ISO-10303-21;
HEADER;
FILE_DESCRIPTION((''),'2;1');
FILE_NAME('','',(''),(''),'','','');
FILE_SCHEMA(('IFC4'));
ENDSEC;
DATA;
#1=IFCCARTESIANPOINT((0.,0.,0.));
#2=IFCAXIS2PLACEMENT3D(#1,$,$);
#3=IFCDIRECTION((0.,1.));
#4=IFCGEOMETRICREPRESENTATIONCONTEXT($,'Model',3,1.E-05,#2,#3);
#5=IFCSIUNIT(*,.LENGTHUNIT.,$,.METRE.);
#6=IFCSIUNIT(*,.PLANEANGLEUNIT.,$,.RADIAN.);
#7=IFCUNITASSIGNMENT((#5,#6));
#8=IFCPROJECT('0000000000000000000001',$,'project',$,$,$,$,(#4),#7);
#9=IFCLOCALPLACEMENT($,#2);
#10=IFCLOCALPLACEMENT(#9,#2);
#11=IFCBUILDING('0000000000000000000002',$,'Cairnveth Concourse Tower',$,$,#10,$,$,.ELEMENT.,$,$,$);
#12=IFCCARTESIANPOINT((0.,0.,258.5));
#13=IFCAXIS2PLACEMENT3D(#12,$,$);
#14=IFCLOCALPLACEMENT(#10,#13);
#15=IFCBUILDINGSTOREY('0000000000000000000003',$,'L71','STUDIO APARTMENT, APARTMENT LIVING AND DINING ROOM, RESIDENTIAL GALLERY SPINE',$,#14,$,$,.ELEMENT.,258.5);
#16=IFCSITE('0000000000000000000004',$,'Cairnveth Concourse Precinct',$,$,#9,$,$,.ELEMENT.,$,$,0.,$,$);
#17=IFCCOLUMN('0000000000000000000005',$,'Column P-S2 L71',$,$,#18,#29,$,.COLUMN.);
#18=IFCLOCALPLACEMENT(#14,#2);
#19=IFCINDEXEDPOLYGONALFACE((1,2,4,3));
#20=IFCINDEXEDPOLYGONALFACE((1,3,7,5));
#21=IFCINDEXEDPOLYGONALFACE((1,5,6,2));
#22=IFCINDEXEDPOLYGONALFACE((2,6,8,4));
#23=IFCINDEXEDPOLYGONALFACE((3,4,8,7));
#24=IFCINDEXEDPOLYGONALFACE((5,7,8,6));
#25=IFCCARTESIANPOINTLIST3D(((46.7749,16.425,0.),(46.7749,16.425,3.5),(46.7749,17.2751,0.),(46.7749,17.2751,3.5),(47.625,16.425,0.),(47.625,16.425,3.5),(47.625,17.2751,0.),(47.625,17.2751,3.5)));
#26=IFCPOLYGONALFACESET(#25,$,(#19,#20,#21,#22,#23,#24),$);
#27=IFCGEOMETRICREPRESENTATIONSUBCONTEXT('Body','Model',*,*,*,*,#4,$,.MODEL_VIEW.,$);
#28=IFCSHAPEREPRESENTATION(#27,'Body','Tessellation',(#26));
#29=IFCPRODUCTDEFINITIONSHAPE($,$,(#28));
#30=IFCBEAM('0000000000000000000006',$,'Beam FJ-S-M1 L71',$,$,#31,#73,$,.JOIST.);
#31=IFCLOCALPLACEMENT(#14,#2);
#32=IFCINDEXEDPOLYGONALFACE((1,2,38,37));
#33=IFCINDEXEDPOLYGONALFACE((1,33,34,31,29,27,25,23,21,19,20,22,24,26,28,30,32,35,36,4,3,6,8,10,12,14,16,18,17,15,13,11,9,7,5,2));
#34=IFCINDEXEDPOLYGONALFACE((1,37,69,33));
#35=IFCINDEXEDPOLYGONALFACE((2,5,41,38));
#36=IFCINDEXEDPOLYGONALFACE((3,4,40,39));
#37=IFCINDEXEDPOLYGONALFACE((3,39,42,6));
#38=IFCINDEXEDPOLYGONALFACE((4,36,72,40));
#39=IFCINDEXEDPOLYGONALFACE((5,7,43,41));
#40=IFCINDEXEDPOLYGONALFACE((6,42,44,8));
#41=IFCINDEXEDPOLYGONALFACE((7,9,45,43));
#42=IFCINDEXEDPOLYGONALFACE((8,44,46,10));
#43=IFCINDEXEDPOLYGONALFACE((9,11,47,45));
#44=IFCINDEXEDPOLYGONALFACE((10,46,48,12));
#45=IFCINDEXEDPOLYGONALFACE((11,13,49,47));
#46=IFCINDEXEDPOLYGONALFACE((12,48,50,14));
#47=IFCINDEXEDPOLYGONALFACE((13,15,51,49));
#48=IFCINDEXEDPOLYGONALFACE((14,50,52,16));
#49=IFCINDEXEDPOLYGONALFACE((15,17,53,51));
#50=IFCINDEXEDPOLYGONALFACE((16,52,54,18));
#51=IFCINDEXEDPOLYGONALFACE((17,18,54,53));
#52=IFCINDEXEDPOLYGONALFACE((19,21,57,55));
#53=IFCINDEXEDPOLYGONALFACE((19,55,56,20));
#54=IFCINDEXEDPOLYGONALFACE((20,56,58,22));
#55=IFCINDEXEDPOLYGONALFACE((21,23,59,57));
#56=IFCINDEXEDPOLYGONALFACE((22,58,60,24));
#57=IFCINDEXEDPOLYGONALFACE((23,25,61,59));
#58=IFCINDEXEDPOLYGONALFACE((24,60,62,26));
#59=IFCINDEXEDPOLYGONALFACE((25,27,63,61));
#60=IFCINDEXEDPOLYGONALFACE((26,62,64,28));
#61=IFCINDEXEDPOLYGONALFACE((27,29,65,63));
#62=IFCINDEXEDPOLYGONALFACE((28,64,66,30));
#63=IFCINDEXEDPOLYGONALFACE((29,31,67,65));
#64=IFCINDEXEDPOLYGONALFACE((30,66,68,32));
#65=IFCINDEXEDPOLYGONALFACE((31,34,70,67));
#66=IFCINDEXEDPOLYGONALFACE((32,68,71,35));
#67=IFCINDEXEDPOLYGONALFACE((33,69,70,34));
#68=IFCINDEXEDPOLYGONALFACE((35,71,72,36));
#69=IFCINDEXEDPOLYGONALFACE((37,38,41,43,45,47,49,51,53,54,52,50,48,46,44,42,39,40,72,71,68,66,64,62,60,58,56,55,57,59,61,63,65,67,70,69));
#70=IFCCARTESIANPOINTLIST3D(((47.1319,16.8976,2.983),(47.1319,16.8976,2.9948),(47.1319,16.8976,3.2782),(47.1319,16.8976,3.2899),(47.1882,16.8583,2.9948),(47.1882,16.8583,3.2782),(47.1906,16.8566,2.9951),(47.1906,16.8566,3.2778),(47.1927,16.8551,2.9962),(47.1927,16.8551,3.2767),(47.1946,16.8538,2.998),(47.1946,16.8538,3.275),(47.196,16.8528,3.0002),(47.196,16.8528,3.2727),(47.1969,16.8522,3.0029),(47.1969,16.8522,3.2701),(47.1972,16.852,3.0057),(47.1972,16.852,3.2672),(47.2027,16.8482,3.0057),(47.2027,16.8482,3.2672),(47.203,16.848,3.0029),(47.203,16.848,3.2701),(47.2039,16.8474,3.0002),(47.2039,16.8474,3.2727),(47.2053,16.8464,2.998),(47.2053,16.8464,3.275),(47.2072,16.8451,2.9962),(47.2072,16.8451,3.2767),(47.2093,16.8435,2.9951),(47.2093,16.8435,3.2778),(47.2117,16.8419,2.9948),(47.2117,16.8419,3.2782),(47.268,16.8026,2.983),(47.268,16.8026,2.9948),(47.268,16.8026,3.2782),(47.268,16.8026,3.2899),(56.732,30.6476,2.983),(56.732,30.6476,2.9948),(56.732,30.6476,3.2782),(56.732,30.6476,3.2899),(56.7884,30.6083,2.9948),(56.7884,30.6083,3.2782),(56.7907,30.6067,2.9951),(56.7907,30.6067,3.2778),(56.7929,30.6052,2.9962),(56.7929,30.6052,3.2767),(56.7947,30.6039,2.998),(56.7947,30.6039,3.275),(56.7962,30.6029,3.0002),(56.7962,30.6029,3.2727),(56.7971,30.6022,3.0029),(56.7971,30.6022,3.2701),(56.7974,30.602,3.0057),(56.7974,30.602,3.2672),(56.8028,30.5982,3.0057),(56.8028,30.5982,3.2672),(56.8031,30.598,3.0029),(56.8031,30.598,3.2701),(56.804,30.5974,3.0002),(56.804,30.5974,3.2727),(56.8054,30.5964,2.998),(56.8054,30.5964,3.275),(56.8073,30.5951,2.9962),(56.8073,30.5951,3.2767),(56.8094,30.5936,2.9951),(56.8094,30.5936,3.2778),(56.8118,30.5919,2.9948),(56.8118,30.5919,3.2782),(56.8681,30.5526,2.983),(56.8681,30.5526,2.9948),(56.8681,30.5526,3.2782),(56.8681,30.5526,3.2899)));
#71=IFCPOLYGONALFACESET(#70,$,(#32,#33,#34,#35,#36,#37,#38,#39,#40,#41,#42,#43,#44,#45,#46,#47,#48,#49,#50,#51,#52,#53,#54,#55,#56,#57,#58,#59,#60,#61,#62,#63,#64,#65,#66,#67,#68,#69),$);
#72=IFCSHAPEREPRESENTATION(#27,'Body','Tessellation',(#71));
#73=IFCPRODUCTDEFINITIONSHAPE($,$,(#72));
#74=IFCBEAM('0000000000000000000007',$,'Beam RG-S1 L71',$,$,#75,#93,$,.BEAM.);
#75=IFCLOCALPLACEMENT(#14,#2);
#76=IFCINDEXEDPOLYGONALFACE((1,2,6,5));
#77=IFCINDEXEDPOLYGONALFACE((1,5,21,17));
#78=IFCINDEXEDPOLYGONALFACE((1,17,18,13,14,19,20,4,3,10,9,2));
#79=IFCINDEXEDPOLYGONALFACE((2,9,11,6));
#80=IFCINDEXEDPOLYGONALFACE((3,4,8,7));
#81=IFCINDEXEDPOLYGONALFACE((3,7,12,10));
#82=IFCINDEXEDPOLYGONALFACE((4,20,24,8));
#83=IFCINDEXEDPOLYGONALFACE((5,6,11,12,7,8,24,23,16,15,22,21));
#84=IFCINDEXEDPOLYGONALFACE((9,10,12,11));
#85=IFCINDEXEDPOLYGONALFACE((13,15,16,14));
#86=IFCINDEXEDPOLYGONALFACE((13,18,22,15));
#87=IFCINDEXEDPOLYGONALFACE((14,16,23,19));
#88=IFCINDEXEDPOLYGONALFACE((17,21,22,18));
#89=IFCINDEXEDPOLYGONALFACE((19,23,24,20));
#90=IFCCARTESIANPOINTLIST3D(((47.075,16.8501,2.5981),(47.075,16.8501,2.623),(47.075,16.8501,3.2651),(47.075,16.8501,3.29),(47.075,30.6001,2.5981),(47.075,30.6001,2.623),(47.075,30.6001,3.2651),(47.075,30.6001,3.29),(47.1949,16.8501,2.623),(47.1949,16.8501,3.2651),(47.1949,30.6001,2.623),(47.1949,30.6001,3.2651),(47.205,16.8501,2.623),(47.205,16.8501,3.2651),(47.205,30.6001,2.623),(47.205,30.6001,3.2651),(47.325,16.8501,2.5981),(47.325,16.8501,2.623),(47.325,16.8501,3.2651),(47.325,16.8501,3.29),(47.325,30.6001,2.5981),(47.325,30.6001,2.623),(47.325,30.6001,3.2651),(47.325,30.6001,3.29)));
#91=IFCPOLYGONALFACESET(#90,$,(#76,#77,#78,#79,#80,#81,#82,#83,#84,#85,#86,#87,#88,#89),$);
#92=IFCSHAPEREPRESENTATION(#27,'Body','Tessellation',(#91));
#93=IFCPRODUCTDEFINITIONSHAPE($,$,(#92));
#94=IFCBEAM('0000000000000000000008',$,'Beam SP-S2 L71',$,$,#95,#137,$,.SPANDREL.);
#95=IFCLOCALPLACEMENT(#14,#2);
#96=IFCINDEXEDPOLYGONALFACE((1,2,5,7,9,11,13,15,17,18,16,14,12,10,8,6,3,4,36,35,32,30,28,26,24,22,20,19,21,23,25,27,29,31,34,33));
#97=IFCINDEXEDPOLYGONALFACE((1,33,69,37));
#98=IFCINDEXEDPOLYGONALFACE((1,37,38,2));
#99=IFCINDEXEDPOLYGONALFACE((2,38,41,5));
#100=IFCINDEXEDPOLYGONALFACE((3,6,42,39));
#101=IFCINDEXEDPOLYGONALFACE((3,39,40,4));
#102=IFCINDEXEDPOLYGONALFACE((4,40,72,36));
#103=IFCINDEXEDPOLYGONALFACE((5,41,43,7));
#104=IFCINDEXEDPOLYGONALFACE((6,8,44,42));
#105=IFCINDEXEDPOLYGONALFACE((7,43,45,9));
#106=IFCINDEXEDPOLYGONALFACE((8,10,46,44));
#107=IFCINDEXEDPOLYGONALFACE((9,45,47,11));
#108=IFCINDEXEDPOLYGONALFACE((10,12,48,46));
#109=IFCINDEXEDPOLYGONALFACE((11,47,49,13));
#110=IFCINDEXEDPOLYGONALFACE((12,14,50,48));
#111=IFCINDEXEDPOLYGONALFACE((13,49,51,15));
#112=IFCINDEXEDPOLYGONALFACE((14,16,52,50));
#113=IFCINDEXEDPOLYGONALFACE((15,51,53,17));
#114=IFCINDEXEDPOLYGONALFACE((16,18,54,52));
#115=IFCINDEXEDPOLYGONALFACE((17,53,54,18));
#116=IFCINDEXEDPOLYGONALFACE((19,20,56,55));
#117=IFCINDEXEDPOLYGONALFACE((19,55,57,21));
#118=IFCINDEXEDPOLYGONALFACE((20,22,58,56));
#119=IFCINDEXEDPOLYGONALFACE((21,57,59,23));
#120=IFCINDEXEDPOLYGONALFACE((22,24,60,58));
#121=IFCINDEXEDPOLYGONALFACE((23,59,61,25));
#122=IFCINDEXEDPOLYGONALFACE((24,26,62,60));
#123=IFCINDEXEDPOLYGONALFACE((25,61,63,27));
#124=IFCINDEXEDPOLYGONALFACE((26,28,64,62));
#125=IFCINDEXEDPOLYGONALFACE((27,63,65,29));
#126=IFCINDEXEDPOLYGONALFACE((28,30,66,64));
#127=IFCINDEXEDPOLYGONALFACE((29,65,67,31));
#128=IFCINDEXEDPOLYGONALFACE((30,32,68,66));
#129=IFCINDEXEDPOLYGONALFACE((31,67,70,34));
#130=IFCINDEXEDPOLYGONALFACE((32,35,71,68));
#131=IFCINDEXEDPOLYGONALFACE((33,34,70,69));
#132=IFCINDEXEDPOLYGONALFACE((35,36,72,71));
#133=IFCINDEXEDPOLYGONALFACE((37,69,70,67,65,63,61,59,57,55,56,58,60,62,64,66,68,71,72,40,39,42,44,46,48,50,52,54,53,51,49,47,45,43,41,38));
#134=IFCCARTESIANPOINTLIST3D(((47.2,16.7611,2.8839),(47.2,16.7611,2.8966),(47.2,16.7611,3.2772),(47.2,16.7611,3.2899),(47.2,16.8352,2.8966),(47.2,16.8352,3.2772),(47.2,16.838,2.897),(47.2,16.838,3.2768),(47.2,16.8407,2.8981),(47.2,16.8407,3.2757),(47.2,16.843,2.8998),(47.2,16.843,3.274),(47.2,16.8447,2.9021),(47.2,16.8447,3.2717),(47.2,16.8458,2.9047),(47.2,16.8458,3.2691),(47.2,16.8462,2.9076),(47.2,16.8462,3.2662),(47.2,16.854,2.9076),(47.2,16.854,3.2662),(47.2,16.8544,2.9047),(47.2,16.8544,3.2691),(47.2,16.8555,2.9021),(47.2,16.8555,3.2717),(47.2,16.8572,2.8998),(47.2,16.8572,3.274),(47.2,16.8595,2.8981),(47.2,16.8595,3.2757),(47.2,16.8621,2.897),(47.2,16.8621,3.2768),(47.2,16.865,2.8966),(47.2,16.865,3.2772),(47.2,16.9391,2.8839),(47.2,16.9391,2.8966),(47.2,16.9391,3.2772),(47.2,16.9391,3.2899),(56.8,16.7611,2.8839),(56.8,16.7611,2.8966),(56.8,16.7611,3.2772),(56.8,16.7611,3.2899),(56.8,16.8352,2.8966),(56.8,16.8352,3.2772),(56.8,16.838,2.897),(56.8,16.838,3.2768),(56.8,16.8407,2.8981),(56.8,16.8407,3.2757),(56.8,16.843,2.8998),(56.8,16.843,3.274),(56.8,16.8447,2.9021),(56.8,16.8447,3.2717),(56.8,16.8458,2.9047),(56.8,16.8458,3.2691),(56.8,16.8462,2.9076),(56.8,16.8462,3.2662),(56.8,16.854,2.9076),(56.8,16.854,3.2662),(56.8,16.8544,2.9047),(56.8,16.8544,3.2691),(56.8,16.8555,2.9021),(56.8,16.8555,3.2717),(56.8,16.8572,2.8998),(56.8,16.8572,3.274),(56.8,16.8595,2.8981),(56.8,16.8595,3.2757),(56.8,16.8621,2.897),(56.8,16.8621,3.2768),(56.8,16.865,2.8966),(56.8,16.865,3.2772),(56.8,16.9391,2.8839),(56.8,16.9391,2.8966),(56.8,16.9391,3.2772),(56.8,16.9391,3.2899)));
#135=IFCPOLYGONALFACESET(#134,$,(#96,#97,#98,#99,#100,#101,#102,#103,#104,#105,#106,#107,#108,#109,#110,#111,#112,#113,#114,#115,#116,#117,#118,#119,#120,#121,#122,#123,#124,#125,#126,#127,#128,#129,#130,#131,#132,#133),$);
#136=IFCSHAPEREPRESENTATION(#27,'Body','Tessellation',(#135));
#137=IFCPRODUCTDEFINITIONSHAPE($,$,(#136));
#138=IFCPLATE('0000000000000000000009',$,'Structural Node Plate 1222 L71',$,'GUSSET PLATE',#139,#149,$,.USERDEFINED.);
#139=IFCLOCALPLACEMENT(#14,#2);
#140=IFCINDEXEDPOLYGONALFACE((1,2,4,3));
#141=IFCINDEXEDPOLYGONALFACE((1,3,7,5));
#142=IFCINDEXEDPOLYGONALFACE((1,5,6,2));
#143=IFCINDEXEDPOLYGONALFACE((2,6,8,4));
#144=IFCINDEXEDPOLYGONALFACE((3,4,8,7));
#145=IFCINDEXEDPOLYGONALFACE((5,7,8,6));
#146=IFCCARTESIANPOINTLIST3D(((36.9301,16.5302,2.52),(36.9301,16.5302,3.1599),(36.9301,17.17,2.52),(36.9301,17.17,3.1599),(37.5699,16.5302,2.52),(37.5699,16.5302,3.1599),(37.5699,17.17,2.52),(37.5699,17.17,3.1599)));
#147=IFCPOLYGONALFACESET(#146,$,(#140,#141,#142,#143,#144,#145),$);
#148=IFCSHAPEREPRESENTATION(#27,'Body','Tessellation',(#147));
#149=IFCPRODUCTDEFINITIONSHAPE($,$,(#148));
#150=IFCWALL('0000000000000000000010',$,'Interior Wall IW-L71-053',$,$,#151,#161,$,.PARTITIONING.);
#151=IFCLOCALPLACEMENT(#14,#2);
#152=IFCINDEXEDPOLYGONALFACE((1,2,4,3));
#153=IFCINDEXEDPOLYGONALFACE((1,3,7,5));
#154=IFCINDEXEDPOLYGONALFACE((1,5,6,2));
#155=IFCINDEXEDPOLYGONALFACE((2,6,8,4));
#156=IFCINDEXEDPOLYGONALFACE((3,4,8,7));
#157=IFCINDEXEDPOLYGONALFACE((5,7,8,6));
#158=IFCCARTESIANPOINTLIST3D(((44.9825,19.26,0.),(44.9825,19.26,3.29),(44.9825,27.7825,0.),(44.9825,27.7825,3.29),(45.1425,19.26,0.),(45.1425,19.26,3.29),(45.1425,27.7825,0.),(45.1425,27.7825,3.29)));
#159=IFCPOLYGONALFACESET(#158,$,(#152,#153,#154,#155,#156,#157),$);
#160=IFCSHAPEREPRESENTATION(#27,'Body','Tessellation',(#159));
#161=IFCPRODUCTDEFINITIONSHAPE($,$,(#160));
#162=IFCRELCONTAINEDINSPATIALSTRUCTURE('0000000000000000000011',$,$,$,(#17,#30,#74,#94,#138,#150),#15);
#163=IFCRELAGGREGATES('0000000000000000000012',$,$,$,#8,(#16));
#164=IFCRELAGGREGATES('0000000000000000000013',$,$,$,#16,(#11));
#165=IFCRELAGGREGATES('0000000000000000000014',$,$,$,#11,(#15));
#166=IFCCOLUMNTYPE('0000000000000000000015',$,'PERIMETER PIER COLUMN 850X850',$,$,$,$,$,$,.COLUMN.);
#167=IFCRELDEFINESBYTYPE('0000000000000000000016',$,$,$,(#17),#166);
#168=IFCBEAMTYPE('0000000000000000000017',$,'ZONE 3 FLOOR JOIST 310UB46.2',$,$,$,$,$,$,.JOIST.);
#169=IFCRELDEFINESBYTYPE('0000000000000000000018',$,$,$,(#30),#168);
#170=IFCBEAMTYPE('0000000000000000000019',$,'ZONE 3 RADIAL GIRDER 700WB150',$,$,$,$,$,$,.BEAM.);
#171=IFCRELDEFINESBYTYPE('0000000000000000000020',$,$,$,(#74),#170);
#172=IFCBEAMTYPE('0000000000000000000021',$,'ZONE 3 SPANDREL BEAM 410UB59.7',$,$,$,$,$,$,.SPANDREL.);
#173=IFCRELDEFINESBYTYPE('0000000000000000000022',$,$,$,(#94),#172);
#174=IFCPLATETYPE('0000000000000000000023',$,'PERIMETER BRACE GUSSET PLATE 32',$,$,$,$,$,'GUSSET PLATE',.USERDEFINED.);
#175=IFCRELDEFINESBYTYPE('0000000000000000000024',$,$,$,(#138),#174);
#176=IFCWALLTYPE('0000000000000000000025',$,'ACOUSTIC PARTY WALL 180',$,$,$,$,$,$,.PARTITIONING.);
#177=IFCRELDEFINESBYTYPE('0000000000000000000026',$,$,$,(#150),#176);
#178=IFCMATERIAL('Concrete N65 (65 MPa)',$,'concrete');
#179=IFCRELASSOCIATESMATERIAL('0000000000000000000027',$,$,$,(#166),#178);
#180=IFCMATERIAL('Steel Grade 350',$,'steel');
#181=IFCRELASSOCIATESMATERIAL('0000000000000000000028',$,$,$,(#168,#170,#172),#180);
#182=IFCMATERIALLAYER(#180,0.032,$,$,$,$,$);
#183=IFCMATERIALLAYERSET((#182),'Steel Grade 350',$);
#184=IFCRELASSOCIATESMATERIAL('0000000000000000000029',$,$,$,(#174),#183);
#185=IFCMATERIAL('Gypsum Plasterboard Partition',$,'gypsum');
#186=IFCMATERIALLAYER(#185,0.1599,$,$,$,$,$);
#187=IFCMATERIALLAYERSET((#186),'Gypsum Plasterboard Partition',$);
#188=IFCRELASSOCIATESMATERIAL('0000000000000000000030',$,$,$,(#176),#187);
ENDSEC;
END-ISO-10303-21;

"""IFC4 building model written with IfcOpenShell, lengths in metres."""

from ifc_helpers import new_model, si_unit, direction, frame, frame_2d, origin, origin_2d, place, context, subcontext, project, spatial, rectangle, i_section, extrude, material, layer, layer_set, material_profile, profile_set, type_object, element, save


model = new_model("IFC4")

# Units and contexts
model_context = context("Model", 3, precision=1e-05, world=origin(), true_north=direction((0.0, 1.0)))
body_context = subcontext(model_context, "Body", "Model", "MODEL_VIEW")
ifc_project = project(units=[si_unit("LENGTHUNIT", "METRE"), si_unit("PLANEANGLEUNIT", "RADIAN")], contexts=[model_context])

# Site, building, storey
site_placement = place(None, origin())
site = spatial("IfcSite", under=ifc_project, at=site_placement, Name="Cairnveth Concourse Precinct", CompositionType="ELEMENT", RefElevation=0.0)
building_placement = place(site_placement, origin())
building = spatial("IfcBuilding", under=site, at=building_placement, Name="Cairnveth Concourse Tower", CompositionType="ELEMENT")
storey_placement = place(building_placement, frame((0.0, 0.0, 258.5)))
storey = spatial("IfcBuildingStorey", under=building, at=storey_placement, Name="L71", Description="STUDIO APARTMENT, APARTMENT LIVING AND DINING ROOM, RESIDENTIAL GALLERY SPINE", CompositionType="ELEMENT", Elevation=258.5)

# Column
ifc_material_1 = material(Name="Concrete N65 (65 MPa)", Category="concrete")
ifc_material_profile_1 = material_profile(ifc_material_1, rectangle(XDim=0.8501, YDim=0.8501, at=origin_2d()), Name="RC-COL-850x850")
ifc_profile_set_1 = profile_set([ifc_material_profile_1], Name="Concrete N65 (65 MPa)")
column_type = type_object("IfcColumnType", Name="PERIMETER PIER COLUMN 850X850", PredefinedType="COLUMN", material=ifc_profile_set_1)
column_placement = place(storey_placement, frame((47.2, 16.8501, 0.0), z_axis=(0.0, 0.0, 1.0), x_axis=(1.0, 0.0, 0.0)))
element("IfcColumn", 1, at=column_placement, inside=storey, type_object=column_type, Name="Column P-S2 L71", PredefinedType="COLUMN", context=body_context, shape_type="SweptSolid", body=[
    extrude(rectangle(XDim=0.8501, YDim=0.8501, at=origin_2d()), origin(), (0.0, 0.0, 1.0), 3.5),
])

# Beams
ifc_material_2 = material(Name="Steel Grade 350", Category="steel")
ifc_material_profile_2 = material_profile(ifc_material_2, i_section(OverallWidth=0.166, OverallDepth=0.3069, WebThickness=0.0066, FlangeThickness=0.0117, FilletRadius=0.011, at=origin_2d()), Name="310UB46.2")
ifc_profile_set_2 = profile_set([ifc_material_profile_2], Name="Steel Grade 350")
beam_type_1 = type_object("IfcBeamType", Name="ZONE 3 FLOOR JOIST 310UB46.2", PredefinedType="JOIST", material=ifc_profile_set_2)
beam_1_placement = place(storey_placement, frame((47.2, 16.8501, 3.1365), z_axis=(0.572465, 0.819929, 0.0), x_axis=(-0.819929, 0.572465, 0.0)))
element("IfcBeam", 2, at=beam_1_placement, inside=storey, type_object=beam_type_1, Name="Beam FJ-S-M1 L71", PredefinedType="JOIST", context=body_context, shape_type="SweptSolid", body=[
    extrude(i_section(OverallWidth=0.166, OverallDepth=0.3069, WebThickness=0.0066, FlangeThickness=0.0117, FilletRadius=0.011, at=origin_2d()), origin(), (0.0, 0.0, 1.0), 16.7698),
])
ifc_material_profile_3 = material_profile(ifc_material_2, i_section(OverallWidth=0.25, OverallDepth=0.6919, WebThickness=0.01, FlangeThickness=0.0249, at=origin_2d()), Name="700WB150")
ifc_profile_set_3 = profile_set([ifc_material_profile_3], Name="Steel Grade 350")
beam_type_2 = type_object("IfcBeamType", Name="ZONE 3 RADIAL GIRDER 700WB150", PredefinedType="BEAM", material=ifc_profile_set_3)
beam_2_placement = place(storey_placement, frame((47.2, 16.8501, 2.9441), z_axis=(0.0, 1.0, 0.0), x_axis=(-1.0, 0.0, 0.0)))
element("IfcBeam", 3, at=beam_2_placement, inside=storey, type_object=beam_type_2, Name="Beam RG-S1 L71", PredefinedType="BEAM", context=body_context, shape_type="SweptSolid", body=[
    extrude(i_section(OverallWidth=0.25, OverallDepth=0.6919, WebThickness=0.01, FlangeThickness=0.0249, at=origin_2d()), origin(), (0.0, 0.0, 1.0), 13.75),
])
ifc_material_profile_4 = material_profile(ifc_material_2, i_section(OverallWidth=0.178, OverallDepth=0.406, WebThickness=0.0078, FlangeThickness=0.0127, FilletRadius=0.011, at=origin_2d()), Name="410UB59.7")
ifc_profile_set_4 = profile_set([ifc_material_profile_4], Name="Steel Grade 350")
beam_type_3 = type_object("IfcBeamType", Name="ZONE 3 SPANDREL BEAM 410UB59.7", PredefinedType="SPANDREL", material=ifc_profile_set_4)
beam_3_placement = place(storey_placement, frame((47.2, 16.8501, 3.0869), z_axis=(1.0, 0.0, 0.0), x_axis=(0.0, 1.0, 0.0)))
element("IfcBeam", 4, at=beam_3_placement, inside=storey, type_object=beam_type_3, Name="Beam SP-S2 L71", PredefinedType="SPANDREL", context=body_context, shape_type="SweptSolid", body=[
    extrude(i_section(OverallWidth=0.178, OverallDepth=0.406, WebThickness=0.0078, FlangeThickness=0.0127, FilletRadius=0.011, at=origin_2d()), origin(), (0.0, 0.0, 1.0), 9.6001),
])

# Plate
ifc_layer_1 = layer(ifc_material_2, 0.032)
ifc_layer_set_1 = layer_set([ifc_layer_1], Name="Steel Grade 350")
plate_type = type_object("IfcPlateType", Name="PERIMETER BRACE GUSSET PLATE 32", ElementType="GUSSET PLATE", PredefinedType="USERDEFINED", material=ifc_layer_set_1)
plate_placement = place(storey_placement, frame((37.25, 16.8501, 2.52), z_axis=(0.0, 0.0, 1.0), x_axis=(1.0, 0.0, 0.0)))
element("IfcPlate", 5, at=plate_placement, inside=storey, type_object=plate_type, Name="Structural Node Plate 1222 L71", ObjectType="GUSSET PLATE", PredefinedType="USERDEFINED", context=body_context, shape_type="SweptSolid", body=[
    extrude(rectangle(XDim=0.6399, YDim=0.6399, at=origin_2d()), origin(), (0.0, 0.0, 1.0), 0.6399),
])

# Wall
ifc_material_3 = material(Name="Gypsum Plasterboard Partition", Category="gypsum")
ifc_layer_2 = layer(ifc_material_3, 0.1599)
ifc_layer_set_2 = layer_set([ifc_layer_2], Name="Gypsum Plasterboard Partition")
wall_type_1 = type_object("IfcWallType", Name="ACOUSTIC PARTY WALL 180", PredefinedType="PARTITIONING", material=ifc_layer_set_2)
wall_1_placement = place(storey_placement, frame((45.0625, 19.26, 0.0), z_axis=(0.0, 0.0, 1.0), x_axis=(0.0, 1.0, 0.0)))
element("IfcWall", 6, at=wall_1_placement, inside=storey, type_object=wall_type_1, Name="Interior Wall IW-L71-053", PredefinedType="PARTITIONING", context=body_context, shape_type="SweptSolid", body=[
    extrude(rectangle(XDim=8.5225, YDim=0.1599, at=frame_2d((4.2612, 0.0))), origin(), (0.0, 0.0, 1.0), 3.29),
])

save(model, "model.ifc")
